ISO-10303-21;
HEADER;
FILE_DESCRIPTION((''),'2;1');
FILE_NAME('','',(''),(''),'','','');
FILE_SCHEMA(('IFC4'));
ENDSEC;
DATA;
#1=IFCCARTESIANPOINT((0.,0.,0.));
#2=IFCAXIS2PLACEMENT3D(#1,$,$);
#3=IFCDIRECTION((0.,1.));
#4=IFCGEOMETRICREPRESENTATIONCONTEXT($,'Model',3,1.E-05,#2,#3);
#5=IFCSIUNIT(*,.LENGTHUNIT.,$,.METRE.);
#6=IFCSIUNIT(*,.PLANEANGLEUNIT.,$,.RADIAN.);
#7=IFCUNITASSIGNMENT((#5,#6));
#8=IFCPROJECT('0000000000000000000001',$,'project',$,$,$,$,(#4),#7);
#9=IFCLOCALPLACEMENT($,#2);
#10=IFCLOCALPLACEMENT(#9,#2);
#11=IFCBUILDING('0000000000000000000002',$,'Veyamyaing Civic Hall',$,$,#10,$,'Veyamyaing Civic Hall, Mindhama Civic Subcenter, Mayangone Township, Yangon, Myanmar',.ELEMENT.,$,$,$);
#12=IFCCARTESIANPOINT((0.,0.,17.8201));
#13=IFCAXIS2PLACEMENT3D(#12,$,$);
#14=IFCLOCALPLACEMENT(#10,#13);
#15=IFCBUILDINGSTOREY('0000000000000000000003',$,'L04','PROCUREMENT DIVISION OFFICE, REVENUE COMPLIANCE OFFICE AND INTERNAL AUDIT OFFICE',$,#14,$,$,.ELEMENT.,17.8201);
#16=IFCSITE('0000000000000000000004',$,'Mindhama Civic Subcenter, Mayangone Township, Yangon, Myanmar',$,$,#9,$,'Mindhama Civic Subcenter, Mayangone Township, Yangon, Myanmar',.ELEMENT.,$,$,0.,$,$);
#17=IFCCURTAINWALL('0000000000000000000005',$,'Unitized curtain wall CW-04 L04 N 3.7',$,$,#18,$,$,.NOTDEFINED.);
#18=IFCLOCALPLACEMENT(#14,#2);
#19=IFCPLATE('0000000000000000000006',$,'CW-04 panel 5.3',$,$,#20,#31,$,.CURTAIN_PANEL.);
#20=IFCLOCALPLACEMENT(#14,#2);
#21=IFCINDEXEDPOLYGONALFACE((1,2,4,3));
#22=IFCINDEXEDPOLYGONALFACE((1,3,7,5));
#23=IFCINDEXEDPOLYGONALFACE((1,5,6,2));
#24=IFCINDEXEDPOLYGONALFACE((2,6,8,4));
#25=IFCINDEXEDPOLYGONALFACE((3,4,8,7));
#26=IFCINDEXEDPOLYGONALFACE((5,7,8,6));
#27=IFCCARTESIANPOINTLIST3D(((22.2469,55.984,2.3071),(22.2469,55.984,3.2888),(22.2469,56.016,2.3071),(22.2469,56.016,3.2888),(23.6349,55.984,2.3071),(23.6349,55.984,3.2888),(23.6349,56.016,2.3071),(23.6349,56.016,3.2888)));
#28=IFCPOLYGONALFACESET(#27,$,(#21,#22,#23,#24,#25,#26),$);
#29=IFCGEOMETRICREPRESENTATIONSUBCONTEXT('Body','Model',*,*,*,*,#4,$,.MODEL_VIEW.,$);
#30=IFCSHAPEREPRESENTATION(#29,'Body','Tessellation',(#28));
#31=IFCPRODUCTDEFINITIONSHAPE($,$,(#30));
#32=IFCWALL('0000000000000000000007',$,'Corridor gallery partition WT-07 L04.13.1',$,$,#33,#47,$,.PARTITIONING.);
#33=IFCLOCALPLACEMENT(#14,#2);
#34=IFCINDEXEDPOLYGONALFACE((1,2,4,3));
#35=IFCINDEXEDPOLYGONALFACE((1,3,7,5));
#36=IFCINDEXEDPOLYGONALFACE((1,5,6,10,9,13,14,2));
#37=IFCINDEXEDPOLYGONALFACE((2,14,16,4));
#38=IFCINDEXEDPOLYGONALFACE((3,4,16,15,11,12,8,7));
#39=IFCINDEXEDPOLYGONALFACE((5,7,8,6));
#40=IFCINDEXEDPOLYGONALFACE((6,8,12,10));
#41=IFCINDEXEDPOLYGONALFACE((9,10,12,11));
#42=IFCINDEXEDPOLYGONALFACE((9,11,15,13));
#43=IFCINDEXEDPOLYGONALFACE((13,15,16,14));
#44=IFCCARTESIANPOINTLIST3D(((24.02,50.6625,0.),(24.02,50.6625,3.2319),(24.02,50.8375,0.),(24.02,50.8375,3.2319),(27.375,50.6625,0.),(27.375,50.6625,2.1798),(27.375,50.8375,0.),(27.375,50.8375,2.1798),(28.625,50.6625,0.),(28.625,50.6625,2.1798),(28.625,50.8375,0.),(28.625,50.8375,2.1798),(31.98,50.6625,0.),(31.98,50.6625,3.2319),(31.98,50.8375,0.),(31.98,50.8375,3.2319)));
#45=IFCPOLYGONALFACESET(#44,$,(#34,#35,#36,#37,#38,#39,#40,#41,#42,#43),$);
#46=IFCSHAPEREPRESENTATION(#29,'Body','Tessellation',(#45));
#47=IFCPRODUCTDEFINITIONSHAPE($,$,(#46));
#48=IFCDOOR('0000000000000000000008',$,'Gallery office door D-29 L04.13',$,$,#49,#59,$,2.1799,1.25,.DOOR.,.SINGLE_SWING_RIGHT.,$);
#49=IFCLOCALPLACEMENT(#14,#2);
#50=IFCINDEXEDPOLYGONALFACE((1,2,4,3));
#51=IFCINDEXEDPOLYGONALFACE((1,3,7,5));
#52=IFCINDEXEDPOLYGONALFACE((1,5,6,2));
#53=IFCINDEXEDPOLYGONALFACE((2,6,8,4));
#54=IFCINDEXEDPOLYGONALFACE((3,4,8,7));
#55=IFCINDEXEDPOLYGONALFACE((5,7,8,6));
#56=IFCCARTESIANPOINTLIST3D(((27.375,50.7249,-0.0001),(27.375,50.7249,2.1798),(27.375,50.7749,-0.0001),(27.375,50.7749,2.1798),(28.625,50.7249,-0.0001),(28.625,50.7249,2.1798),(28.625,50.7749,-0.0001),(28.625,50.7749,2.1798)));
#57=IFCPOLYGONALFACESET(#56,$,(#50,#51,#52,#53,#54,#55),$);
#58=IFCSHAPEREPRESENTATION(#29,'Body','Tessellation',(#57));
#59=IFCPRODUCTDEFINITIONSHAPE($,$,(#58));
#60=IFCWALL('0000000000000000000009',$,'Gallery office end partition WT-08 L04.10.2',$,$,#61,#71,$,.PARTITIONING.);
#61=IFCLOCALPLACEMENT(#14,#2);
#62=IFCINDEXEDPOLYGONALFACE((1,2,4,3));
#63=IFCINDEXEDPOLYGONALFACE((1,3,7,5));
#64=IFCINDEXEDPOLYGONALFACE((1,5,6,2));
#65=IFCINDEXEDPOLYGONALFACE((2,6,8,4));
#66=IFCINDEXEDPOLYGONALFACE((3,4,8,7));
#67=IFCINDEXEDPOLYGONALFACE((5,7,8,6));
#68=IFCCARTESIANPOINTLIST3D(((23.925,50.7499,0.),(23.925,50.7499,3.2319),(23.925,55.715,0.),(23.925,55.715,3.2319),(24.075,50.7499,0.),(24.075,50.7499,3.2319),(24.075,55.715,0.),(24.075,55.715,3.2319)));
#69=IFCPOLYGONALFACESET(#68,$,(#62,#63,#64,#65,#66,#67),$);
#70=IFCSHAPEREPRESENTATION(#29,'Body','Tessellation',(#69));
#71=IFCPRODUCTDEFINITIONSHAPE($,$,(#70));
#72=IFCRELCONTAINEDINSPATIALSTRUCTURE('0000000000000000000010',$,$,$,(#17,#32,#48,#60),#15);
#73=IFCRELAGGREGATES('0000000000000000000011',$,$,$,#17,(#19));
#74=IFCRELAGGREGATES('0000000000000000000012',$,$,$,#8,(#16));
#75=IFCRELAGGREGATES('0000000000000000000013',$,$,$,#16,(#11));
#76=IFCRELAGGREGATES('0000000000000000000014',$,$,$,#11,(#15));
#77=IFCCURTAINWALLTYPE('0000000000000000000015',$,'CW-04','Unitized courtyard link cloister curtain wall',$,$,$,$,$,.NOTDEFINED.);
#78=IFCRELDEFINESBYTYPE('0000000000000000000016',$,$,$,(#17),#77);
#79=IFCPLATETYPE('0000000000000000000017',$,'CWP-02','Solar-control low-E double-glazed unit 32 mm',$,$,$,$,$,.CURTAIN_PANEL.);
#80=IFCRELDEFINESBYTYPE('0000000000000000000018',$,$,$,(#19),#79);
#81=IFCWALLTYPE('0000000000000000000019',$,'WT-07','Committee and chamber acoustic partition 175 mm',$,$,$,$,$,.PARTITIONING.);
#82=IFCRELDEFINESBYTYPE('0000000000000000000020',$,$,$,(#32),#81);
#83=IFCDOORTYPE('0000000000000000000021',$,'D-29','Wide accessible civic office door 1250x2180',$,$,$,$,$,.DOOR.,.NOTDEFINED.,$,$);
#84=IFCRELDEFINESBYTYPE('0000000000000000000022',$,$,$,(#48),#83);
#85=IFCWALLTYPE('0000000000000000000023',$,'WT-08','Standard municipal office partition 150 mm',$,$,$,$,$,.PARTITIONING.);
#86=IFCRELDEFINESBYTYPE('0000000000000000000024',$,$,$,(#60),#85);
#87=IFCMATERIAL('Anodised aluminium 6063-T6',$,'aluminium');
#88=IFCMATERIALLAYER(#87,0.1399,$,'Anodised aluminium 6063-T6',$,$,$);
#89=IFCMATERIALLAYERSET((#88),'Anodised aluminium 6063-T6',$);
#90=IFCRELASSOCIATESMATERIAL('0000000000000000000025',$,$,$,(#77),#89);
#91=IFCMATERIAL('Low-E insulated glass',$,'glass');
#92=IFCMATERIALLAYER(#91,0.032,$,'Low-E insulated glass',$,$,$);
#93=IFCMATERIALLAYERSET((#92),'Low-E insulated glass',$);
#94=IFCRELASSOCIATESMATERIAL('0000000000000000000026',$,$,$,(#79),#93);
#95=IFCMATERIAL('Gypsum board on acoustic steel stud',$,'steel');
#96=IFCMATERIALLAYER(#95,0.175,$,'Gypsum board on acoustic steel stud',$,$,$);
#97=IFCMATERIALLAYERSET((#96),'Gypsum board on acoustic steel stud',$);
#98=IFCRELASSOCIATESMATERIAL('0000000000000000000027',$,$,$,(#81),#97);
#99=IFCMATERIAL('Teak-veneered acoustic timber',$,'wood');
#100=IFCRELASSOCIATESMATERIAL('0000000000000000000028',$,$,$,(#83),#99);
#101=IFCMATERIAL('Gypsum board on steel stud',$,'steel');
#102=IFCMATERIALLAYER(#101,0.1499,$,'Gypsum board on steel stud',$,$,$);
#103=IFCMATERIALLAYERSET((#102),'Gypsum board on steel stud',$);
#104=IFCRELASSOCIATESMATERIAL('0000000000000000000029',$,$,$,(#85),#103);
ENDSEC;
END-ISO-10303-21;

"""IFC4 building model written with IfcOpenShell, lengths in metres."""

from ifc_helpers import new_model, si_unit, direction, frame, frame_2d, origin, origin_2d, place, context, subcontext, project, spatial, rectangle, extrude, material, layer, layer_set, type_object, element, fill, aggregate, save


model = new_model("IFC4")

# Units and contexts
model_context = context("Model", 3, precision=1e-05, world=origin(), true_north=direction((0.0, 1.0)))
body_context = subcontext(model_context, "Body", "Model", "MODEL_VIEW")
ifc_project = project(units=[si_unit("LENGTHUNIT", "METRE"), si_unit("PLANEANGLEUNIT", "RADIAN")], contexts=[model_context])

# Site, building, storey
site_placement = place(None, origin())
site = spatial("IfcSite", under=ifc_project, at=site_placement, Name="Mindhama Civic Subcenter, Mayangone Township, Yangon, Myanmar", LongName="Mindhama Civic Subcenter, Mayangone Township, Yangon, Myanmar", CompositionType="ELEMENT", RefElevation=0.0)
building_placement = place(site_placement, origin())
building = spatial("IfcBuilding", under=site, at=building_placement, Name="Veyamyaing Civic Hall", LongName="Veyamyaing Civic Hall, Mindhama Civic Subcenter, Mayangone Township, Yangon, Myanmar", CompositionType="ELEMENT")
storey_placement = place(building_placement, frame((0.0, 0.0, 17.8201)))
storey = spatial("IfcBuildingStorey", under=building, at=storey_placement, Name="L04", Description="PROCUREMENT DIVISION OFFICE, REVENUE COMPLIANCE OFFICE AND INTERNAL AUDIT OFFICE", CompositionType="ELEMENT", Elevation=17.8201)

# Curtain wall, plate
ifc_material_1 = material(Name="Anodised aluminium 6063-T6", Category="aluminium")
ifc_layer_1 = layer(ifc_material_1, 0.1399, Name="Anodised aluminium 6063-T6")
ifc_layer_set_1 = layer_set([ifc_layer_1], Name="Anodised aluminium 6063-T6")
curtain_wall_type = type_object("IfcCurtainWallType", Name="CW-04", Description="Unitized courtyard link cloister curtain wall", PredefinedType="NOTDEFINED", material=ifc_layer_set_1)
curtain_wall_placement = place(storey_placement, origin())
curtain_wall = element("IfcCurtainWall", 1, at=curtain_wall_placement, inside=storey, type_object=curtain_wall_type, Name="Unitized curtain wall CW-04 L04 N 3.7", PredefinedType="NOTDEFINED")
ifc_material_2 = material(Name="Low-E insulated glass", Category="glass")
ifc_layer_2 = layer(ifc_material_2, 0.032, Name="Low-E insulated glass")
ifc_layer_set_2 = layer_set([ifc_layer_2], Name="Low-E insulated glass")
plate_type = type_object("IfcPlateType", Name="CWP-02", Description="Solar-control low-E double-glazed unit 32 mm", PredefinedType="CURTAIN_PANEL", material=ifc_layer_set_2)
plate_1_placement = place(storey_placement, frame((22.9409, 56.0, 2.3071), z_axis=(0.0, 0.0, 1.0), x_axis=(1.0, 0.0, 0.0)))
plate_1 = element("IfcPlate", 2, at=plate_1_placement, type_object=plate_type, Name="CW-04 panel 5.3", PredefinedType="CURTAIN_PANEL", context=body_context, shape_type="SweptSolid", body=[
    extrude(rectangle(XDim=1.3879, YDim=0.032, at=origin_2d()), origin(), (0.0, 0.0, 1.0), 0.9817),
])
aggregate(curtain_wall, [plate_1])

# Wall, opening, door
ifc_material_3 = material(Name="Gypsum board on acoustic steel stud", Category="steel")
ifc_layer_3 = layer(ifc_material_3, 0.175, Name="Gypsum board on acoustic steel stud")
ifc_layer_set_3 = layer_set([ifc_layer_3], Name="Gypsum board on acoustic steel stud")
wall_type_1 = type_object("IfcWallType", Name="WT-07", Description="Committee and chamber acoustic partition 175 mm", PredefinedType="PARTITIONING", material=ifc_layer_set_3)
wall_1_placement = place(storey_placement, frame((24.02, 50.75, 0.0), z_axis=(0.0, 0.0, 1.0), x_axis=(1.0, 0.0, 0.0)))
wall_1 = element("IfcWall", 3, at=wall_1_placement, inside=storey, type_object=wall_type_1, Name="Corridor gallery partition WT-07 L04.13.1", PredefinedType="PARTITIONING", context=body_context, shape_type="SweptSolid", body=[
    extrude(rectangle(XDim=7.96, YDim=0.175, at=frame_2d((3.98, 0.0))), origin(), (0.0, 0.0, 1.0), 3.2319),
])
opening_placement = place(wall_1_placement, frame((3.355, 0.0, 0.0)))
opening = element("IfcOpeningElement", 4, at=opening_placement, cuts=wall_1, PredefinedType="OPENING", context=body_context, shape_type="SweptSolid", body=[
    extrude(rectangle(XDim=1.25, YDim=2.1799, at=frame_2d((0.625, 1.0898))), frame((0.0, 0.0974, 0.0), z_axis=(0.0, -1.0, 0.0), x_axis=(1.0, 0.0, 0.0)), (0.0, 0.0, 1.0), 0.1951),
])
ifc_material_4 = material(Name="Teak-veneered acoustic timber", Category="wood")
door_type = type_object("IfcDoorType", Name="D-29", Description="Wide accessible civic office door 1250x2180", OperationType="NOTDEFINED", PredefinedType="DOOR", material=ifc_material_4)
door_placement = place(opening_placement, origin())
door = element("IfcDoor", 5, at=door_placement, inside=storey, type_object=door_type, Name="Gallery office door D-29 L04.13", OperationType="SINGLE_SWING_RIGHT", OverallHeight=2.1799, OverallWidth=1.25, PredefinedType="DOOR", context=body_context, shape_type="SweptSolid", body=[
    extrude(rectangle(XDim=1.25, YDim=2.1799, at=frame_2d((0.625, 1.0898))), frame((0.0, 0.0249, 0.0), z_axis=(0.0, -1.0, 0.0), x_axis=(1.0, 0.0, 0.0)), (0.0, 0.0, 1.0), 0.05),
])
fill(opening, door)

# Wall
ifc_material_5 = material(Name="Gypsum board on steel stud", Category="steel")
ifc_layer_4 = layer(ifc_material_5, 0.1499, Name="Gypsum board on steel stud")
ifc_layer_set_4 = layer_set([ifc_layer_4], Name="Gypsum board on steel stud")
wall_type_2 = type_object("IfcWallType", Name="WT-08", Description="Standard municipal office partition 150 mm", PredefinedType="PARTITIONING", material=ifc_layer_set_4)
wall_2_placement = place(storey_placement, frame((24.0, 50.75, 0.0), z_axis=(0.0, 0.0, 1.0), x_axis=(0.0, 1.0, 0.0)))
element("IfcWall", 6, at=wall_2_placement, inside=storey, type_object=wall_type_2, Name="Gallery office end partition WT-08 L04.10.2", PredefinedType="PARTITIONING", context=body_context, shape_type="SweptSolid", body=[
    extrude(rectangle(XDim=4.9651, YDim=0.1499, at=frame_2d((2.4824, 0.0))), origin(), (0.0, 0.0, 1.0), 3.2319),
])

save(model, "model.ifc")
